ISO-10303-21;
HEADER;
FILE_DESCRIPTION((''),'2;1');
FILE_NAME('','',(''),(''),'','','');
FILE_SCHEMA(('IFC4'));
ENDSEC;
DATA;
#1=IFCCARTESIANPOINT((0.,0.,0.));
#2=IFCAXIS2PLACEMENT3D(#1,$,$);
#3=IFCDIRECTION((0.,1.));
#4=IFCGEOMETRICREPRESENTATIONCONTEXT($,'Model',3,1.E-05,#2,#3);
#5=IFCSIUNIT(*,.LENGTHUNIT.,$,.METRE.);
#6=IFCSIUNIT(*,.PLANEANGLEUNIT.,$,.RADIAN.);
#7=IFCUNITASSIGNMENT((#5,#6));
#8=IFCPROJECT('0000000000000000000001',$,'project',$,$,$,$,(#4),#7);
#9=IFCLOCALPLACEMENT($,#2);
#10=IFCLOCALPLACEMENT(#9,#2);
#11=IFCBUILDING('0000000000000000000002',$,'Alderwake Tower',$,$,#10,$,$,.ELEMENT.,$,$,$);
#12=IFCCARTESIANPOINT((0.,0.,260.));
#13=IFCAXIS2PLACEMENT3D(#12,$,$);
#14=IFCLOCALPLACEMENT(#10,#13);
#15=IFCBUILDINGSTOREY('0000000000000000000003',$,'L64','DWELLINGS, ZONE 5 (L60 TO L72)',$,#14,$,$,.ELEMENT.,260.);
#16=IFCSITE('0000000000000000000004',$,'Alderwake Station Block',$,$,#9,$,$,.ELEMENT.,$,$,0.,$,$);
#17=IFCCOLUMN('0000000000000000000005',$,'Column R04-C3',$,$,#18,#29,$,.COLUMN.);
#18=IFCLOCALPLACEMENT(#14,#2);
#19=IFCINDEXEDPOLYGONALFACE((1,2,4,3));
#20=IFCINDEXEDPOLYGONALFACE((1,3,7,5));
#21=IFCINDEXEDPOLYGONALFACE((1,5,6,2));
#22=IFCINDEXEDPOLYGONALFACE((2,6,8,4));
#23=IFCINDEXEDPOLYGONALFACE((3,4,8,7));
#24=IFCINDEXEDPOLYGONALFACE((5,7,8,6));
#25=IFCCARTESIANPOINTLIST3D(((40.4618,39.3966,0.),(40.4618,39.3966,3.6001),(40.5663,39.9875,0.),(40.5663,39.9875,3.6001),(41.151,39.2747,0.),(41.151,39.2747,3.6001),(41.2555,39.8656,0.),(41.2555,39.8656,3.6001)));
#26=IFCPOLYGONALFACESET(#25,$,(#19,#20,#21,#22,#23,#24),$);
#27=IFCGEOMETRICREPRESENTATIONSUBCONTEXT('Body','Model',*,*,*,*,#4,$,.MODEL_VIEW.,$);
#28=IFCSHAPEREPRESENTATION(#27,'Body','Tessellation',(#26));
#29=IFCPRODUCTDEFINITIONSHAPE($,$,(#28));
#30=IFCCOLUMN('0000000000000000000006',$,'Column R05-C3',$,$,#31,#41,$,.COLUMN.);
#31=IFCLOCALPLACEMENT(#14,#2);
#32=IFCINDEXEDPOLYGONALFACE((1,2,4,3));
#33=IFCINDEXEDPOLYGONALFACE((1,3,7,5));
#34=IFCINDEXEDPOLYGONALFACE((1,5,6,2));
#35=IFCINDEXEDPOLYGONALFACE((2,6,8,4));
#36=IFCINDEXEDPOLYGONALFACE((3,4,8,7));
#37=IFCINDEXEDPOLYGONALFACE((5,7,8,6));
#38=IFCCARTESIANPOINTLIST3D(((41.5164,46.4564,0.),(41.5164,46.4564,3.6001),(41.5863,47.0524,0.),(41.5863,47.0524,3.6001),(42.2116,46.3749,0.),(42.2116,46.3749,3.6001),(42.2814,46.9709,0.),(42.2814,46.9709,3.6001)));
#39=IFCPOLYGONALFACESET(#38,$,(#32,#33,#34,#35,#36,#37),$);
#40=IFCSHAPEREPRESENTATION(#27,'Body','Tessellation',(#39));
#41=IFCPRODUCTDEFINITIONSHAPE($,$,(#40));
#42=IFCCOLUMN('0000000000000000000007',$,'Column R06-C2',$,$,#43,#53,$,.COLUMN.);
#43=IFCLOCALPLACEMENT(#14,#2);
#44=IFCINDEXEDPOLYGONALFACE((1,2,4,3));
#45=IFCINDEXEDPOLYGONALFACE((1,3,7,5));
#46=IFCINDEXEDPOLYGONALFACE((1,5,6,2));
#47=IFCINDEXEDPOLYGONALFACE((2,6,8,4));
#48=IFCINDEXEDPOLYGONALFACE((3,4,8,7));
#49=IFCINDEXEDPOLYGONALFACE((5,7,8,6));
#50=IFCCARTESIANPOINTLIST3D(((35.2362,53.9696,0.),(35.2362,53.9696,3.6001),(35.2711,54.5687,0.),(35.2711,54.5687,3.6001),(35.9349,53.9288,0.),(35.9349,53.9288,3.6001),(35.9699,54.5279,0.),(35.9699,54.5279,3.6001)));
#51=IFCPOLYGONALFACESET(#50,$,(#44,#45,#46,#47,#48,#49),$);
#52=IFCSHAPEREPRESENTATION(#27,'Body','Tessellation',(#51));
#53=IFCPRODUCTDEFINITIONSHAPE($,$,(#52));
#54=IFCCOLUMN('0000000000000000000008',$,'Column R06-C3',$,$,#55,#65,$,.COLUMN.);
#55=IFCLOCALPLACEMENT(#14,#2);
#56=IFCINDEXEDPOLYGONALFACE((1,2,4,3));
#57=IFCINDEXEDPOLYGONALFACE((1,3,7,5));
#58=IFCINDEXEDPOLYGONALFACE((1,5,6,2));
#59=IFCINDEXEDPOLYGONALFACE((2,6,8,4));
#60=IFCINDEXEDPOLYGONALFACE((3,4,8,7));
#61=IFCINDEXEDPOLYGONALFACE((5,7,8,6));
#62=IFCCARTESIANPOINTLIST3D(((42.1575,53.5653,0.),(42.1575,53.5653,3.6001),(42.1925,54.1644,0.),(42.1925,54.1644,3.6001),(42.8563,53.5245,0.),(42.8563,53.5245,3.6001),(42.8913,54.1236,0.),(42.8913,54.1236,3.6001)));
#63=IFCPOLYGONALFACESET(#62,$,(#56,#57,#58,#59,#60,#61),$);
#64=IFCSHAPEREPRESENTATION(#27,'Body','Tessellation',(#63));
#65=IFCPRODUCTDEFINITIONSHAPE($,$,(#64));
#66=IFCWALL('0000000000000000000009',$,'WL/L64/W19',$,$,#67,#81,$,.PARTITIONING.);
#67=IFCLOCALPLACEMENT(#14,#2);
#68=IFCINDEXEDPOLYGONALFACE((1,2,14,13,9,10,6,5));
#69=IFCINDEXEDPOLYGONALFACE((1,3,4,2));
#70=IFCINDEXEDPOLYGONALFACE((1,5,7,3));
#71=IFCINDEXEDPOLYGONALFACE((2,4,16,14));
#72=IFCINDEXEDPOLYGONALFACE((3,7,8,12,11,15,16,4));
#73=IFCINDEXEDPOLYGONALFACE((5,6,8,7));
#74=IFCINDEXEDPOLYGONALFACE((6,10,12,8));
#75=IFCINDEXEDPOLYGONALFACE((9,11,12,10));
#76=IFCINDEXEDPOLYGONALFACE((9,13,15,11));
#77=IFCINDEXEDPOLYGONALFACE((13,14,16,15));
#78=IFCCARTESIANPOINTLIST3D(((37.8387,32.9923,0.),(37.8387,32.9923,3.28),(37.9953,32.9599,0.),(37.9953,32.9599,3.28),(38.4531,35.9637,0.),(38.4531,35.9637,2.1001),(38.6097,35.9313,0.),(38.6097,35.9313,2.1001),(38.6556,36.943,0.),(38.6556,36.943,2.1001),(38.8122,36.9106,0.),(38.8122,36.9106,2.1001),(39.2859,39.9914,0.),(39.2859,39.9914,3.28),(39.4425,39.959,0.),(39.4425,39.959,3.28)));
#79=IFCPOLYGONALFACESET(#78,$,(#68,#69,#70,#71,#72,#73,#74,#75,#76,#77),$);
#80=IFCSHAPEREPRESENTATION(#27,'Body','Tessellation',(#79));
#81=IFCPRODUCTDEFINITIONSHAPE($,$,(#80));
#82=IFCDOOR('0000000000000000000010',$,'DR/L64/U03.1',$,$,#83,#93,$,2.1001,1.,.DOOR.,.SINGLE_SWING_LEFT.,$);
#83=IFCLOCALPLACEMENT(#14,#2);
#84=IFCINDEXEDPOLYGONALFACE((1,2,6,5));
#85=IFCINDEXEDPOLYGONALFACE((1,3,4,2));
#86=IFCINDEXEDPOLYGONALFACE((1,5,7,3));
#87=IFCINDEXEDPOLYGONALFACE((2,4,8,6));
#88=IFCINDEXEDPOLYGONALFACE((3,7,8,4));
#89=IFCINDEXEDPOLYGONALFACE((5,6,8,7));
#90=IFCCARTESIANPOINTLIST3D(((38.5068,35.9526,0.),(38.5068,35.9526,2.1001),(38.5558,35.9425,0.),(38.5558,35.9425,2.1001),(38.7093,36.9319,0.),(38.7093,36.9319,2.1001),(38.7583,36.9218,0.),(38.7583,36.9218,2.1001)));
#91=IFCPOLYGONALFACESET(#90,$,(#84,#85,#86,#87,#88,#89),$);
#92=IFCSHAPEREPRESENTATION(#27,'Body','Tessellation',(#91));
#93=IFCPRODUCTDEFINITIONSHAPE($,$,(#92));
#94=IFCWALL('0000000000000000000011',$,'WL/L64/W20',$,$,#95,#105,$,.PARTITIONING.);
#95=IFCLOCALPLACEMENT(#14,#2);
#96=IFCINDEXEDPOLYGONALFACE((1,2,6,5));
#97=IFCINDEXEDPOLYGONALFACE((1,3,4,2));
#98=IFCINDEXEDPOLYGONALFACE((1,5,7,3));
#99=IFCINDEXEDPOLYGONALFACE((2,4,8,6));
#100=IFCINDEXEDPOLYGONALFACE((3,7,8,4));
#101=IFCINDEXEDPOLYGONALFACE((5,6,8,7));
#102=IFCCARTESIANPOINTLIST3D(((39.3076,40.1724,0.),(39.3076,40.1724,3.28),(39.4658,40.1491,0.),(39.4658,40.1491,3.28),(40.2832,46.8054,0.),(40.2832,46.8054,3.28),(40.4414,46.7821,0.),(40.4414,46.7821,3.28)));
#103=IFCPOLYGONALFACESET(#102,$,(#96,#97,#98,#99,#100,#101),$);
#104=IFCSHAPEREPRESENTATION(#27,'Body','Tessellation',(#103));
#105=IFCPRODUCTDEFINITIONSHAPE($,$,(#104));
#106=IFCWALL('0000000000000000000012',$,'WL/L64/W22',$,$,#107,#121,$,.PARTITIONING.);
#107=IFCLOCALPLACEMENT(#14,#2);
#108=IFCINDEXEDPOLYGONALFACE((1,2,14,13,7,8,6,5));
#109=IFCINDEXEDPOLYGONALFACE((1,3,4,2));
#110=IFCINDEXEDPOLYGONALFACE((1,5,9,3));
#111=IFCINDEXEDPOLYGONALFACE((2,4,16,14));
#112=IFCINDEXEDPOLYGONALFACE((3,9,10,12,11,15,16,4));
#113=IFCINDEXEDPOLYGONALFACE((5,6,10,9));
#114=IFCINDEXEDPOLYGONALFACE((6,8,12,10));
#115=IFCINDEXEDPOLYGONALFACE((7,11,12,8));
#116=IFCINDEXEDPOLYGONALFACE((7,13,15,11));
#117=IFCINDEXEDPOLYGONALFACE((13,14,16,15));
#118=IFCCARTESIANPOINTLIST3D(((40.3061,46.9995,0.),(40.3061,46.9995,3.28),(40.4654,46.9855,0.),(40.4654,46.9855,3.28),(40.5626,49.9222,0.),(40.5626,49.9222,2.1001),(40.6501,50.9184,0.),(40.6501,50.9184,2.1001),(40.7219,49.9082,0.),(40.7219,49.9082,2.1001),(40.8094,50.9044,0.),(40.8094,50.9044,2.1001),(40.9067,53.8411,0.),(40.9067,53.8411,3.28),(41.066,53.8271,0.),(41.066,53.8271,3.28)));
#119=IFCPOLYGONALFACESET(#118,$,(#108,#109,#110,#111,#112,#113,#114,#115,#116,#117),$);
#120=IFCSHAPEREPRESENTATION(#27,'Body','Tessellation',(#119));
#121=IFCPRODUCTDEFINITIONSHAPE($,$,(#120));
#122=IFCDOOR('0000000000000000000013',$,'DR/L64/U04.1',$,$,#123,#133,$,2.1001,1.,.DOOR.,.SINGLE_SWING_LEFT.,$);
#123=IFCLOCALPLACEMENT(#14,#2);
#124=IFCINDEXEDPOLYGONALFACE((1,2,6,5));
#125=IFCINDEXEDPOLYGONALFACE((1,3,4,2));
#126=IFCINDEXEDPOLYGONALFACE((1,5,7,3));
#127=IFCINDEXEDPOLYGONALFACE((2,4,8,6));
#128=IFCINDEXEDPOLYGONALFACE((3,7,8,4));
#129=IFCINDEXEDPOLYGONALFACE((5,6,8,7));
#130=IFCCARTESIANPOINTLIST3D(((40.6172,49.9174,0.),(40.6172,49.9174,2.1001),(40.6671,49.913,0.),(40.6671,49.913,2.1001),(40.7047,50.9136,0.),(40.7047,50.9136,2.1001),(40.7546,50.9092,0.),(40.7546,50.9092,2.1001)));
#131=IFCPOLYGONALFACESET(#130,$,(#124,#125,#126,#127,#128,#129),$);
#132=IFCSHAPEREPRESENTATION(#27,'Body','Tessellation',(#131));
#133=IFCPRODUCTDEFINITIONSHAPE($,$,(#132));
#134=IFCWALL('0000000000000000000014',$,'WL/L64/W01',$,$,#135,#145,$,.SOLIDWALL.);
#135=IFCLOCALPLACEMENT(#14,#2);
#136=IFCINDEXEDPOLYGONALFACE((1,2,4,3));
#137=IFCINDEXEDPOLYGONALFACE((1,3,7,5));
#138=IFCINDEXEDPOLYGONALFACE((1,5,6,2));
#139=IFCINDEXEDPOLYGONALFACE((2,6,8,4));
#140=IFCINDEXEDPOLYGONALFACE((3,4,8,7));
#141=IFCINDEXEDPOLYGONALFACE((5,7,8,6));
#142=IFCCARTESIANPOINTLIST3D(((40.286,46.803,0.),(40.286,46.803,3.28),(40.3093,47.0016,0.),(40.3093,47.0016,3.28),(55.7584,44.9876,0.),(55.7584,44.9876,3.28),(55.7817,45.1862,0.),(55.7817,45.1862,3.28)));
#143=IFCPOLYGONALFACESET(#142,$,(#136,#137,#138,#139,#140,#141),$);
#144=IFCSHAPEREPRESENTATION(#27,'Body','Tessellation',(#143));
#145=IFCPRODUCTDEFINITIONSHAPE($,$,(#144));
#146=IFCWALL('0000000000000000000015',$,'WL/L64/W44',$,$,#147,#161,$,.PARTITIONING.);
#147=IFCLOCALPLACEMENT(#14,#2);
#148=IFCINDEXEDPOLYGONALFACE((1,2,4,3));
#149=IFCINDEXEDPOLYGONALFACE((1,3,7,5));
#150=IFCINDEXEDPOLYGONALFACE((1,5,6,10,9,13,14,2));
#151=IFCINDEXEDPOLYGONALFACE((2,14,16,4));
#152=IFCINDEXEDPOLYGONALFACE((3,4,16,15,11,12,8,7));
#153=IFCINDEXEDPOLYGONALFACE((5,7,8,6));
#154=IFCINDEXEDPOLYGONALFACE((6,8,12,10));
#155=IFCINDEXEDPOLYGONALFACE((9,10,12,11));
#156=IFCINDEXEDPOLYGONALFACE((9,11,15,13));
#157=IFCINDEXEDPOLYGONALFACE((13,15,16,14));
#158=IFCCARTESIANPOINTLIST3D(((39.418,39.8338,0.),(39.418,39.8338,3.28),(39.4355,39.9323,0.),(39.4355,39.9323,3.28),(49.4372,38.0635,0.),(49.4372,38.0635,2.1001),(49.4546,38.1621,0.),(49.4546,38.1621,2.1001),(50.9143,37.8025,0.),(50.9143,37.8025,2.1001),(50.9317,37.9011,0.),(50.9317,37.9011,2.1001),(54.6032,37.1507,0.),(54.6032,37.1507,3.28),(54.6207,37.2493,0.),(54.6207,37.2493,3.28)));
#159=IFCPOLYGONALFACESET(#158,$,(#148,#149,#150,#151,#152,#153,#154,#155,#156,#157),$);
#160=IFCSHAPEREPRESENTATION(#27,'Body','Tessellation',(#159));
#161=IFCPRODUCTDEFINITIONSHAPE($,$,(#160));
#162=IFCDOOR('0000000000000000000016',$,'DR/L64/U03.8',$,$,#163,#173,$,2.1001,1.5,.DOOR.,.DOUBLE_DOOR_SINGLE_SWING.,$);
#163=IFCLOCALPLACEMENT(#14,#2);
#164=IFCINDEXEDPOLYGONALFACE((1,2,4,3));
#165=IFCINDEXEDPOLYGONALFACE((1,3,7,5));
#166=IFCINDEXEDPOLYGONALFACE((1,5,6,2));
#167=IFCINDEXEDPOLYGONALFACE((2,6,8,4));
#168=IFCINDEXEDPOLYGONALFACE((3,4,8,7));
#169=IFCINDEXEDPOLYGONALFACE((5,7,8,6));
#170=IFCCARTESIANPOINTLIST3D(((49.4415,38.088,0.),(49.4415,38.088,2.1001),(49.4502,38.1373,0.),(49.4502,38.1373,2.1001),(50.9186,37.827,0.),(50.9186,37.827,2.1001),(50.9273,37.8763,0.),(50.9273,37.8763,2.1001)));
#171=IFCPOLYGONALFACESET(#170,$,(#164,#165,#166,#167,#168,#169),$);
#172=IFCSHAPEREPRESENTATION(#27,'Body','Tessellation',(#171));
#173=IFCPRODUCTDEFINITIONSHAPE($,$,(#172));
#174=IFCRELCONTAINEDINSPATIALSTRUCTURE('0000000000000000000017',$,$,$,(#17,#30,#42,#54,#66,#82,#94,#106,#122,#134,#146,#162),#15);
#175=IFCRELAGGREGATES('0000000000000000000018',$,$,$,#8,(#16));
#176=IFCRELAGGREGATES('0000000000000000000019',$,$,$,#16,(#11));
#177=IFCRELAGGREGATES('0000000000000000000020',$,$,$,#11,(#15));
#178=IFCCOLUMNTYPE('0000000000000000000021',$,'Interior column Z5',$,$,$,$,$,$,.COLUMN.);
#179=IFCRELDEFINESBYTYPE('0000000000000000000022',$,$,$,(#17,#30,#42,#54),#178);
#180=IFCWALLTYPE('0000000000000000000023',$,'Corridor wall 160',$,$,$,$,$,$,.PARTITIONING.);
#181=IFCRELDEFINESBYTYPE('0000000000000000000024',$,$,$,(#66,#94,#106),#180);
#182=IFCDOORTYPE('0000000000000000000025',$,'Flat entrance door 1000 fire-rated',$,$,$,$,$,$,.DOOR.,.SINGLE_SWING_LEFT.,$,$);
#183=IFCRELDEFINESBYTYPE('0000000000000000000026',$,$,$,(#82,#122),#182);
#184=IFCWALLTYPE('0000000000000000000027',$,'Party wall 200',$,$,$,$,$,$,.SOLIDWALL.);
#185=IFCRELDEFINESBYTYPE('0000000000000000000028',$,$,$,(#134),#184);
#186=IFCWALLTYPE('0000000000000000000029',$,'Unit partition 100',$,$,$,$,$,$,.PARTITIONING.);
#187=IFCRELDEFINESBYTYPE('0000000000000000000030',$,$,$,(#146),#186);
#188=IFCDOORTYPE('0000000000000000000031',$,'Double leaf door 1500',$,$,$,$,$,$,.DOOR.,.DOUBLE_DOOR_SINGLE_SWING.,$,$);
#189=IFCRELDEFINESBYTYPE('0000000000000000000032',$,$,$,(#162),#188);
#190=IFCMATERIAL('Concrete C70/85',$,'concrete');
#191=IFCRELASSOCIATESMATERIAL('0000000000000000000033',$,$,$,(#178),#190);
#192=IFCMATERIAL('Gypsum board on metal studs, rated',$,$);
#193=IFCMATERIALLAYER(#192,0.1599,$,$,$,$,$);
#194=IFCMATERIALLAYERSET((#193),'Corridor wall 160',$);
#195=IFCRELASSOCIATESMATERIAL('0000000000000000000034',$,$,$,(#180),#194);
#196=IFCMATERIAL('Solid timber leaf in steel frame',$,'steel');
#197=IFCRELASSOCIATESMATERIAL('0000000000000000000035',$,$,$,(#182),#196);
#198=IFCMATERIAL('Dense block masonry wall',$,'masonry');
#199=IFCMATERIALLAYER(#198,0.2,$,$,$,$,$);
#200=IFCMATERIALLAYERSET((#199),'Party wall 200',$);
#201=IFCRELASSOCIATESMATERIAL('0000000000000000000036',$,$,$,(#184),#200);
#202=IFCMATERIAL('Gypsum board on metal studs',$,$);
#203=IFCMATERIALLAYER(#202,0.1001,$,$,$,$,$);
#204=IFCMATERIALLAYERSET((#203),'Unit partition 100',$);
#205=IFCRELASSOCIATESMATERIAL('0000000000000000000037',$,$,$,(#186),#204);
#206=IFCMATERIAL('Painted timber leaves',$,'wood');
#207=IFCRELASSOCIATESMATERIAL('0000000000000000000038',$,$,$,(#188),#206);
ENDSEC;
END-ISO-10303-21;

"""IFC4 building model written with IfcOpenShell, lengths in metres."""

from ifc_helpers import new_model, si_unit, direction, frame, frame_2d, origin, origin_2d, place, context, subcontext, project, spatial, rectangle, extrude, material, layer, layer_set, material_profile, profile_set, type_object, element, fill, save


model = new_model("IFC4")

# Units and contexts
model_context = context("Model", 3, precision=1e-05, world=origin(), true_north=direction((0.0, 1.0)))
body_context = subcontext(model_context, "Body", "Model", "MODEL_VIEW")
ifc_project = project(units=[si_unit("LENGTHUNIT", "METRE"), si_unit("PLANEANGLEUNIT", "RADIAN")], contexts=[model_context])

# Site, building, storey
site_placement = place(None, origin())
site = spatial("IfcSite", under=ifc_project, at=site_placement, Name="Alderwake Station Block", CompositionType="ELEMENT", RefElevation=0.0)
building_placement = place(site_placement, origin())
building = spatial("IfcBuilding", under=site, at=building_placement, Name="Alderwake Tower", CompositionType="ELEMENT")
storey_placement = place(building_placement, frame((0.0, 0.0, 260.0)))
storey = spatial("IfcBuildingStorey", under=building, at=storey_placement, Name="L64", Description="DWELLINGS, ZONE 5 (L60 TO L72)", CompositionType="ELEMENT", Elevation=260.0)

# Columns
ifc_material_1 = material(Name="Concrete C70/85", Category="concrete")
ifc_material_profile = material_profile(ifc_material_1, rectangle(XDim=0.6001, YDim=0.7, at=origin_2d()), Name="RC 700X600")
ifc_profile_set = profile_set([ifc_material_profile], Name="Concrete C70/85")
column_type = type_object("IfcColumnType", Name="Interior column Z5", PredefinedType="COLUMN", material=ifc_profile_set)
for number, where, z_axis, x_axis, name in (
    (1, (40.8586, 39.6311, 0.0), (0.0, 0.0, 1.0), (0.174109, 0.984726, 0.0), "Column R04-C3"),
    (2, (41.8989, 46.7136, 0.0), (0.0, 0.0, 1.0), (0.116402, 0.993202, 0.0), "Column R05-C3"),
    (3, (35.603, 54.2488, 0.0), (0.0, 0.0, 1.0), (0.058301, 0.998299, 0.0), "Column R06-C2"),
    (4, (42.5244, 53.8445, 0.0), (0.0, 0.0, 1.0), (0.058301, 0.998299, 0.0), "Column R06-C3"),
):
    element("IfcColumn", number, at=place(storey_placement, frame(where, z_axis=z_axis, x_axis=x_axis)), inside=storey, type_object=column_type, Name=name, PredefinedType="COLUMN", context=body_context, shape_type="SweptSolid", body=[
        extrude(rectangle(XDim=0.6001, YDim=0.7, at=origin_2d()), origin(), (0.0, 0.0, 1.0), 3.6001),
    ])

# Wall, opening, door
ifc_material_2 = material(Name="Gypsum board on metal studs, rated")
ifc_layer_1 = layer(ifc_material_2, 0.1599)
ifc_layer_set_1 = layer_set([ifc_layer_1], Name="Corridor wall 160")
wall_type_1 = type_object("IfcWallType", Name="Corridor wall 160", PredefinedType="PARTITIONING", material=ifc_layer_set_1)
wall_1_placement = place(storey_placement, frame((39.3643, 39.9753, 0.0), z_axis=(0.0, 0.0, 1.0), x_axis=(-0.20249, -0.979284, 0.0)))
wall_1 = element("IfcWall", 5, at=wall_1_placement, inside=storey, type_object=wall_type_1, Name="WL/L64/W19", PredefinedType="PARTITIONING", context=body_context, shape_type="SweptSolid", body=[
    extrude(rectangle(XDim=7.1472, YDim=0.1599, at=frame_2d((3.5737, 0.0))), origin(), (0.0, 0.0, 1.0), 3.28),
])
opening_1_placement = place(wall_1_placement, frame((3.113, 0.0, 0.0)))
opening_1 = element("IfcOpeningElement", 6, at=opening_1_placement, cuts=wall_1, PredefinedType="OPENING", context=body_context, shape_type="SweptSolid", body=[
    extrude(rectangle(XDim=1.0, YDim=2.1001, at=frame_2d((0.5, 1.05))), frame((0.0, 0.0898, 0.0), z_axis=(0.0, -1.0, 0.0), x_axis=(1.0, 0.0, 0.0)), (0.0, 0.0, 1.0), 0.1799),
])
ifc_material_3 = material(Name="Solid timber leaf in steel frame", Category="steel")
door_type_1 = type_object("IfcDoorType", Name="Flat entrance door 1000 fire-rated", OperationType="SINGLE_SWING_LEFT", PredefinedType="DOOR", material=ifc_material_3)
door_1_placement = place(opening_1_placement, origin())
door_1 = element("IfcDoor", 7, at=door_1_placement, inside=storey, type_object=door_type_1, Name="DR/L64/U03.1", OperationType="SINGLE_SWING_LEFT", OverallHeight=2.1001, OverallWidth=1.0, PredefinedType="DOOR", context=body_context, shape_type="SweptSolid", body=[
    extrude(rectangle(XDim=1.0, YDim=2.1001, at=frame_2d((0.5, 1.05))), frame((0.0, 0.0249, 0.0), z_axis=(0.0, -1.0, 0.0), x_axis=(1.0, 0.0, 0.0)), (0.0, 0.0, 1.0), 0.05),
])
fill(opening_1, door_1)

# Wall
wall_2_placement = place(storey_placement, frame((39.3867, 40.1609, 0.0), z_axis=(0.0, 0.0, 1.0), x_axis=(0.145514, 0.989356, 0.0)))
element("IfcWall", 8, at=wall_2_placement, inside=storey, type_object=wall_type_1, Name="WL/L64/W20", PredefinedType="PARTITIONING", context=body_context, shape_type="SweptSolid", body=[
    extrude(rectangle(XDim=6.7043, YDim=0.1599, at=frame_2d((3.3521, 0.0))), origin(), (0.0, 0.0, 1.0), 3.28),
])

# Wall, opening, door
wall_3_placement = place(storey_placement, frame((40.9863, 53.8342, 0.0), z_axis=(0.0, 0.0, 1.0), x_axis=(-0.087449, -0.996169, 0.0)))
wall_3 = element("IfcWall", 9, at=wall_3_placement, inside=storey, type_object=wall_type_1, Name="WL/L64/W22", PredefinedType="PARTITIONING", context=body_context, shape_type="SweptSolid", body=[
    extrude(rectangle(XDim=6.8679, YDim=0.1599, at=frame_2d((3.4341, 0.0))), origin(), (0.0, 0.0, 1.0), 3.28),
])
opening_2_placement = place(wall_3_placement, frame((2.9341, 0.0, 0.0)))
opening_2 = element("IfcOpeningElement", 10, at=opening_2_placement, cuts=wall_3, PredefinedType="OPENING", context=body_context, shape_type="SweptSolid", body=[
    extrude(rectangle(XDim=1.0, YDim=2.1001, at=frame_2d((0.5, 1.05))), frame((0.0, 0.0898, 0.0), z_axis=(0.0, -1.0, 0.0), x_axis=(1.0, 0.0, 0.0)), (0.0, 0.0, 1.0), 0.1799),
])
door_2_placement = place(opening_2_placement, origin())
door_2 = element("IfcDoor", 11, at=door_2_placement, inside=storey, type_object=door_type_1, Name="DR/L64/U04.1", OperationType="SINGLE_SWING_LEFT", OverallHeight=2.1001, OverallWidth=1.0, PredefinedType="DOOR", context=body_context, shape_type="SweptSolid", body=[
    extrude(rectangle(XDim=1.0, YDim=2.1001, at=frame_2d((0.5, 1.05))), frame((0.0, 0.0249, 0.0), z_axis=(0.0, -1.0, 0.0), x_axis=(1.0, 0.0, 0.0)), (0.0, 0.0, 1.0), 0.05),
])
fill(opening_2, door_2)

# Wall
ifc_material_4 = material(Name="Dense block masonry wall", Category="masonry")
ifc_layer_2 = layer(ifc_material_4, 0.2)
ifc_layer_set_2 = layer_set([ifc_layer_2], Name="Party wall 200")
wall_type_2 = type_object("IfcWallType", Name="Party wall 200", PredefinedType="SOLIDWALL", material=ifc_layer_set_2)
wall_4_placement = place(storey_placement, frame((40.2976, 46.9023, 0.0), z_axis=(0.0, 0.0, 1.0), x_axis=(0.993187, -0.116534, 0.0)))
element("IfcWall", 12, at=wall_4_placement, inside=storey, type_object=wall_type_2, Name="WL/L64/W01", PredefinedType="SOLIDWALL", context=body_context, shape_type="SweptSolid", body=[
    extrude(rectangle(XDim=15.5786, YDim=0.2, at=frame_2d((7.7893, 0.0))), origin(), (0.0, 0.0, 1.0), 3.28),
])

# Wall, opening, door
ifc_material_5 = material(Name="Gypsum board on metal studs")
ifc_layer_3 = layer(ifc_material_5, 0.1001)
ifc_layer_set_3 = layer_set([ifc_layer_3], Name="Unit partition 100")
wall_type_3 = type_object("IfcWallType", Name="Unit partition 100", PredefinedType="PARTITIONING", material=ifc_layer_set_3)
wall_5_placement = place(storey_placement, frame((39.4268, 39.8831, 0.0), z_axis=(0.0, 0.0, 1.0), x_axis=(0.984746, -0.173996, 0.0)))
wall_5 = element("IfcWall", 13, at=wall_5_placement, inside=storey, type_object=wall_type_3, Name="WL/L64/W44", PredefinedType="PARTITIONING", context=body_context, shape_type="SweptSolid", body=[
    extrude(rectangle(XDim=15.4204, YDim=0.1001, at=frame_2d((7.7102, 0.0))), origin(), (0.0, 0.0, 1.0), 3.28),
])
opening_3_placement = place(wall_5_placement, frame((10.1743, 0.0, 0.0)))
opening_3 = element("IfcOpeningElement", 14, at=opening_3_placement, cuts=wall_5, PredefinedType="OPENING", context=body_context, shape_type="SweptSolid", body=[
    extrude(rectangle(XDim=1.5, YDim=2.1001, at=frame_2d((0.75, 1.05))), frame((0.0, 0.0601, 0.0), z_axis=(0.0, -1.0, 0.0), x_axis=(1.0, 0.0, 0.0)), (0.0, 0.0, 1.0), 0.1201),
])
ifc_material_6 = material(Name="Painted timber leaves", Category="wood")
door_type_2 = type_object("IfcDoorType", Name="Double leaf door 1500", OperationType="DOUBLE_DOOR_SINGLE_SWING", PredefinedType="DOOR", material=ifc_material_6)
door_3_placement = place(opening_3_placement, origin())
door_3 = element("IfcDoor", 15, at=door_3_placement, inside=storey, type_object=door_type_2, Name="DR/L64/U03.8", OperationType="DOUBLE_DOOR_SINGLE_SWING", OverallHeight=2.1001, OverallWidth=1.5, PredefinedType="DOOR", context=body_context, shape_type="SweptSolid", body=[
    extrude(rectangle(XDim=1.5, YDim=2.1001, at=frame_2d((0.75, 1.05))), frame((0.0, 0.0249, 0.0), z_axis=(0.0, -1.0, 0.0), x_axis=(1.0, 0.0, 0.0)), (0.0, 0.0, 1.0), 0.05),
])
fill(opening_3, door_3)

save(model, "model.ifc")
